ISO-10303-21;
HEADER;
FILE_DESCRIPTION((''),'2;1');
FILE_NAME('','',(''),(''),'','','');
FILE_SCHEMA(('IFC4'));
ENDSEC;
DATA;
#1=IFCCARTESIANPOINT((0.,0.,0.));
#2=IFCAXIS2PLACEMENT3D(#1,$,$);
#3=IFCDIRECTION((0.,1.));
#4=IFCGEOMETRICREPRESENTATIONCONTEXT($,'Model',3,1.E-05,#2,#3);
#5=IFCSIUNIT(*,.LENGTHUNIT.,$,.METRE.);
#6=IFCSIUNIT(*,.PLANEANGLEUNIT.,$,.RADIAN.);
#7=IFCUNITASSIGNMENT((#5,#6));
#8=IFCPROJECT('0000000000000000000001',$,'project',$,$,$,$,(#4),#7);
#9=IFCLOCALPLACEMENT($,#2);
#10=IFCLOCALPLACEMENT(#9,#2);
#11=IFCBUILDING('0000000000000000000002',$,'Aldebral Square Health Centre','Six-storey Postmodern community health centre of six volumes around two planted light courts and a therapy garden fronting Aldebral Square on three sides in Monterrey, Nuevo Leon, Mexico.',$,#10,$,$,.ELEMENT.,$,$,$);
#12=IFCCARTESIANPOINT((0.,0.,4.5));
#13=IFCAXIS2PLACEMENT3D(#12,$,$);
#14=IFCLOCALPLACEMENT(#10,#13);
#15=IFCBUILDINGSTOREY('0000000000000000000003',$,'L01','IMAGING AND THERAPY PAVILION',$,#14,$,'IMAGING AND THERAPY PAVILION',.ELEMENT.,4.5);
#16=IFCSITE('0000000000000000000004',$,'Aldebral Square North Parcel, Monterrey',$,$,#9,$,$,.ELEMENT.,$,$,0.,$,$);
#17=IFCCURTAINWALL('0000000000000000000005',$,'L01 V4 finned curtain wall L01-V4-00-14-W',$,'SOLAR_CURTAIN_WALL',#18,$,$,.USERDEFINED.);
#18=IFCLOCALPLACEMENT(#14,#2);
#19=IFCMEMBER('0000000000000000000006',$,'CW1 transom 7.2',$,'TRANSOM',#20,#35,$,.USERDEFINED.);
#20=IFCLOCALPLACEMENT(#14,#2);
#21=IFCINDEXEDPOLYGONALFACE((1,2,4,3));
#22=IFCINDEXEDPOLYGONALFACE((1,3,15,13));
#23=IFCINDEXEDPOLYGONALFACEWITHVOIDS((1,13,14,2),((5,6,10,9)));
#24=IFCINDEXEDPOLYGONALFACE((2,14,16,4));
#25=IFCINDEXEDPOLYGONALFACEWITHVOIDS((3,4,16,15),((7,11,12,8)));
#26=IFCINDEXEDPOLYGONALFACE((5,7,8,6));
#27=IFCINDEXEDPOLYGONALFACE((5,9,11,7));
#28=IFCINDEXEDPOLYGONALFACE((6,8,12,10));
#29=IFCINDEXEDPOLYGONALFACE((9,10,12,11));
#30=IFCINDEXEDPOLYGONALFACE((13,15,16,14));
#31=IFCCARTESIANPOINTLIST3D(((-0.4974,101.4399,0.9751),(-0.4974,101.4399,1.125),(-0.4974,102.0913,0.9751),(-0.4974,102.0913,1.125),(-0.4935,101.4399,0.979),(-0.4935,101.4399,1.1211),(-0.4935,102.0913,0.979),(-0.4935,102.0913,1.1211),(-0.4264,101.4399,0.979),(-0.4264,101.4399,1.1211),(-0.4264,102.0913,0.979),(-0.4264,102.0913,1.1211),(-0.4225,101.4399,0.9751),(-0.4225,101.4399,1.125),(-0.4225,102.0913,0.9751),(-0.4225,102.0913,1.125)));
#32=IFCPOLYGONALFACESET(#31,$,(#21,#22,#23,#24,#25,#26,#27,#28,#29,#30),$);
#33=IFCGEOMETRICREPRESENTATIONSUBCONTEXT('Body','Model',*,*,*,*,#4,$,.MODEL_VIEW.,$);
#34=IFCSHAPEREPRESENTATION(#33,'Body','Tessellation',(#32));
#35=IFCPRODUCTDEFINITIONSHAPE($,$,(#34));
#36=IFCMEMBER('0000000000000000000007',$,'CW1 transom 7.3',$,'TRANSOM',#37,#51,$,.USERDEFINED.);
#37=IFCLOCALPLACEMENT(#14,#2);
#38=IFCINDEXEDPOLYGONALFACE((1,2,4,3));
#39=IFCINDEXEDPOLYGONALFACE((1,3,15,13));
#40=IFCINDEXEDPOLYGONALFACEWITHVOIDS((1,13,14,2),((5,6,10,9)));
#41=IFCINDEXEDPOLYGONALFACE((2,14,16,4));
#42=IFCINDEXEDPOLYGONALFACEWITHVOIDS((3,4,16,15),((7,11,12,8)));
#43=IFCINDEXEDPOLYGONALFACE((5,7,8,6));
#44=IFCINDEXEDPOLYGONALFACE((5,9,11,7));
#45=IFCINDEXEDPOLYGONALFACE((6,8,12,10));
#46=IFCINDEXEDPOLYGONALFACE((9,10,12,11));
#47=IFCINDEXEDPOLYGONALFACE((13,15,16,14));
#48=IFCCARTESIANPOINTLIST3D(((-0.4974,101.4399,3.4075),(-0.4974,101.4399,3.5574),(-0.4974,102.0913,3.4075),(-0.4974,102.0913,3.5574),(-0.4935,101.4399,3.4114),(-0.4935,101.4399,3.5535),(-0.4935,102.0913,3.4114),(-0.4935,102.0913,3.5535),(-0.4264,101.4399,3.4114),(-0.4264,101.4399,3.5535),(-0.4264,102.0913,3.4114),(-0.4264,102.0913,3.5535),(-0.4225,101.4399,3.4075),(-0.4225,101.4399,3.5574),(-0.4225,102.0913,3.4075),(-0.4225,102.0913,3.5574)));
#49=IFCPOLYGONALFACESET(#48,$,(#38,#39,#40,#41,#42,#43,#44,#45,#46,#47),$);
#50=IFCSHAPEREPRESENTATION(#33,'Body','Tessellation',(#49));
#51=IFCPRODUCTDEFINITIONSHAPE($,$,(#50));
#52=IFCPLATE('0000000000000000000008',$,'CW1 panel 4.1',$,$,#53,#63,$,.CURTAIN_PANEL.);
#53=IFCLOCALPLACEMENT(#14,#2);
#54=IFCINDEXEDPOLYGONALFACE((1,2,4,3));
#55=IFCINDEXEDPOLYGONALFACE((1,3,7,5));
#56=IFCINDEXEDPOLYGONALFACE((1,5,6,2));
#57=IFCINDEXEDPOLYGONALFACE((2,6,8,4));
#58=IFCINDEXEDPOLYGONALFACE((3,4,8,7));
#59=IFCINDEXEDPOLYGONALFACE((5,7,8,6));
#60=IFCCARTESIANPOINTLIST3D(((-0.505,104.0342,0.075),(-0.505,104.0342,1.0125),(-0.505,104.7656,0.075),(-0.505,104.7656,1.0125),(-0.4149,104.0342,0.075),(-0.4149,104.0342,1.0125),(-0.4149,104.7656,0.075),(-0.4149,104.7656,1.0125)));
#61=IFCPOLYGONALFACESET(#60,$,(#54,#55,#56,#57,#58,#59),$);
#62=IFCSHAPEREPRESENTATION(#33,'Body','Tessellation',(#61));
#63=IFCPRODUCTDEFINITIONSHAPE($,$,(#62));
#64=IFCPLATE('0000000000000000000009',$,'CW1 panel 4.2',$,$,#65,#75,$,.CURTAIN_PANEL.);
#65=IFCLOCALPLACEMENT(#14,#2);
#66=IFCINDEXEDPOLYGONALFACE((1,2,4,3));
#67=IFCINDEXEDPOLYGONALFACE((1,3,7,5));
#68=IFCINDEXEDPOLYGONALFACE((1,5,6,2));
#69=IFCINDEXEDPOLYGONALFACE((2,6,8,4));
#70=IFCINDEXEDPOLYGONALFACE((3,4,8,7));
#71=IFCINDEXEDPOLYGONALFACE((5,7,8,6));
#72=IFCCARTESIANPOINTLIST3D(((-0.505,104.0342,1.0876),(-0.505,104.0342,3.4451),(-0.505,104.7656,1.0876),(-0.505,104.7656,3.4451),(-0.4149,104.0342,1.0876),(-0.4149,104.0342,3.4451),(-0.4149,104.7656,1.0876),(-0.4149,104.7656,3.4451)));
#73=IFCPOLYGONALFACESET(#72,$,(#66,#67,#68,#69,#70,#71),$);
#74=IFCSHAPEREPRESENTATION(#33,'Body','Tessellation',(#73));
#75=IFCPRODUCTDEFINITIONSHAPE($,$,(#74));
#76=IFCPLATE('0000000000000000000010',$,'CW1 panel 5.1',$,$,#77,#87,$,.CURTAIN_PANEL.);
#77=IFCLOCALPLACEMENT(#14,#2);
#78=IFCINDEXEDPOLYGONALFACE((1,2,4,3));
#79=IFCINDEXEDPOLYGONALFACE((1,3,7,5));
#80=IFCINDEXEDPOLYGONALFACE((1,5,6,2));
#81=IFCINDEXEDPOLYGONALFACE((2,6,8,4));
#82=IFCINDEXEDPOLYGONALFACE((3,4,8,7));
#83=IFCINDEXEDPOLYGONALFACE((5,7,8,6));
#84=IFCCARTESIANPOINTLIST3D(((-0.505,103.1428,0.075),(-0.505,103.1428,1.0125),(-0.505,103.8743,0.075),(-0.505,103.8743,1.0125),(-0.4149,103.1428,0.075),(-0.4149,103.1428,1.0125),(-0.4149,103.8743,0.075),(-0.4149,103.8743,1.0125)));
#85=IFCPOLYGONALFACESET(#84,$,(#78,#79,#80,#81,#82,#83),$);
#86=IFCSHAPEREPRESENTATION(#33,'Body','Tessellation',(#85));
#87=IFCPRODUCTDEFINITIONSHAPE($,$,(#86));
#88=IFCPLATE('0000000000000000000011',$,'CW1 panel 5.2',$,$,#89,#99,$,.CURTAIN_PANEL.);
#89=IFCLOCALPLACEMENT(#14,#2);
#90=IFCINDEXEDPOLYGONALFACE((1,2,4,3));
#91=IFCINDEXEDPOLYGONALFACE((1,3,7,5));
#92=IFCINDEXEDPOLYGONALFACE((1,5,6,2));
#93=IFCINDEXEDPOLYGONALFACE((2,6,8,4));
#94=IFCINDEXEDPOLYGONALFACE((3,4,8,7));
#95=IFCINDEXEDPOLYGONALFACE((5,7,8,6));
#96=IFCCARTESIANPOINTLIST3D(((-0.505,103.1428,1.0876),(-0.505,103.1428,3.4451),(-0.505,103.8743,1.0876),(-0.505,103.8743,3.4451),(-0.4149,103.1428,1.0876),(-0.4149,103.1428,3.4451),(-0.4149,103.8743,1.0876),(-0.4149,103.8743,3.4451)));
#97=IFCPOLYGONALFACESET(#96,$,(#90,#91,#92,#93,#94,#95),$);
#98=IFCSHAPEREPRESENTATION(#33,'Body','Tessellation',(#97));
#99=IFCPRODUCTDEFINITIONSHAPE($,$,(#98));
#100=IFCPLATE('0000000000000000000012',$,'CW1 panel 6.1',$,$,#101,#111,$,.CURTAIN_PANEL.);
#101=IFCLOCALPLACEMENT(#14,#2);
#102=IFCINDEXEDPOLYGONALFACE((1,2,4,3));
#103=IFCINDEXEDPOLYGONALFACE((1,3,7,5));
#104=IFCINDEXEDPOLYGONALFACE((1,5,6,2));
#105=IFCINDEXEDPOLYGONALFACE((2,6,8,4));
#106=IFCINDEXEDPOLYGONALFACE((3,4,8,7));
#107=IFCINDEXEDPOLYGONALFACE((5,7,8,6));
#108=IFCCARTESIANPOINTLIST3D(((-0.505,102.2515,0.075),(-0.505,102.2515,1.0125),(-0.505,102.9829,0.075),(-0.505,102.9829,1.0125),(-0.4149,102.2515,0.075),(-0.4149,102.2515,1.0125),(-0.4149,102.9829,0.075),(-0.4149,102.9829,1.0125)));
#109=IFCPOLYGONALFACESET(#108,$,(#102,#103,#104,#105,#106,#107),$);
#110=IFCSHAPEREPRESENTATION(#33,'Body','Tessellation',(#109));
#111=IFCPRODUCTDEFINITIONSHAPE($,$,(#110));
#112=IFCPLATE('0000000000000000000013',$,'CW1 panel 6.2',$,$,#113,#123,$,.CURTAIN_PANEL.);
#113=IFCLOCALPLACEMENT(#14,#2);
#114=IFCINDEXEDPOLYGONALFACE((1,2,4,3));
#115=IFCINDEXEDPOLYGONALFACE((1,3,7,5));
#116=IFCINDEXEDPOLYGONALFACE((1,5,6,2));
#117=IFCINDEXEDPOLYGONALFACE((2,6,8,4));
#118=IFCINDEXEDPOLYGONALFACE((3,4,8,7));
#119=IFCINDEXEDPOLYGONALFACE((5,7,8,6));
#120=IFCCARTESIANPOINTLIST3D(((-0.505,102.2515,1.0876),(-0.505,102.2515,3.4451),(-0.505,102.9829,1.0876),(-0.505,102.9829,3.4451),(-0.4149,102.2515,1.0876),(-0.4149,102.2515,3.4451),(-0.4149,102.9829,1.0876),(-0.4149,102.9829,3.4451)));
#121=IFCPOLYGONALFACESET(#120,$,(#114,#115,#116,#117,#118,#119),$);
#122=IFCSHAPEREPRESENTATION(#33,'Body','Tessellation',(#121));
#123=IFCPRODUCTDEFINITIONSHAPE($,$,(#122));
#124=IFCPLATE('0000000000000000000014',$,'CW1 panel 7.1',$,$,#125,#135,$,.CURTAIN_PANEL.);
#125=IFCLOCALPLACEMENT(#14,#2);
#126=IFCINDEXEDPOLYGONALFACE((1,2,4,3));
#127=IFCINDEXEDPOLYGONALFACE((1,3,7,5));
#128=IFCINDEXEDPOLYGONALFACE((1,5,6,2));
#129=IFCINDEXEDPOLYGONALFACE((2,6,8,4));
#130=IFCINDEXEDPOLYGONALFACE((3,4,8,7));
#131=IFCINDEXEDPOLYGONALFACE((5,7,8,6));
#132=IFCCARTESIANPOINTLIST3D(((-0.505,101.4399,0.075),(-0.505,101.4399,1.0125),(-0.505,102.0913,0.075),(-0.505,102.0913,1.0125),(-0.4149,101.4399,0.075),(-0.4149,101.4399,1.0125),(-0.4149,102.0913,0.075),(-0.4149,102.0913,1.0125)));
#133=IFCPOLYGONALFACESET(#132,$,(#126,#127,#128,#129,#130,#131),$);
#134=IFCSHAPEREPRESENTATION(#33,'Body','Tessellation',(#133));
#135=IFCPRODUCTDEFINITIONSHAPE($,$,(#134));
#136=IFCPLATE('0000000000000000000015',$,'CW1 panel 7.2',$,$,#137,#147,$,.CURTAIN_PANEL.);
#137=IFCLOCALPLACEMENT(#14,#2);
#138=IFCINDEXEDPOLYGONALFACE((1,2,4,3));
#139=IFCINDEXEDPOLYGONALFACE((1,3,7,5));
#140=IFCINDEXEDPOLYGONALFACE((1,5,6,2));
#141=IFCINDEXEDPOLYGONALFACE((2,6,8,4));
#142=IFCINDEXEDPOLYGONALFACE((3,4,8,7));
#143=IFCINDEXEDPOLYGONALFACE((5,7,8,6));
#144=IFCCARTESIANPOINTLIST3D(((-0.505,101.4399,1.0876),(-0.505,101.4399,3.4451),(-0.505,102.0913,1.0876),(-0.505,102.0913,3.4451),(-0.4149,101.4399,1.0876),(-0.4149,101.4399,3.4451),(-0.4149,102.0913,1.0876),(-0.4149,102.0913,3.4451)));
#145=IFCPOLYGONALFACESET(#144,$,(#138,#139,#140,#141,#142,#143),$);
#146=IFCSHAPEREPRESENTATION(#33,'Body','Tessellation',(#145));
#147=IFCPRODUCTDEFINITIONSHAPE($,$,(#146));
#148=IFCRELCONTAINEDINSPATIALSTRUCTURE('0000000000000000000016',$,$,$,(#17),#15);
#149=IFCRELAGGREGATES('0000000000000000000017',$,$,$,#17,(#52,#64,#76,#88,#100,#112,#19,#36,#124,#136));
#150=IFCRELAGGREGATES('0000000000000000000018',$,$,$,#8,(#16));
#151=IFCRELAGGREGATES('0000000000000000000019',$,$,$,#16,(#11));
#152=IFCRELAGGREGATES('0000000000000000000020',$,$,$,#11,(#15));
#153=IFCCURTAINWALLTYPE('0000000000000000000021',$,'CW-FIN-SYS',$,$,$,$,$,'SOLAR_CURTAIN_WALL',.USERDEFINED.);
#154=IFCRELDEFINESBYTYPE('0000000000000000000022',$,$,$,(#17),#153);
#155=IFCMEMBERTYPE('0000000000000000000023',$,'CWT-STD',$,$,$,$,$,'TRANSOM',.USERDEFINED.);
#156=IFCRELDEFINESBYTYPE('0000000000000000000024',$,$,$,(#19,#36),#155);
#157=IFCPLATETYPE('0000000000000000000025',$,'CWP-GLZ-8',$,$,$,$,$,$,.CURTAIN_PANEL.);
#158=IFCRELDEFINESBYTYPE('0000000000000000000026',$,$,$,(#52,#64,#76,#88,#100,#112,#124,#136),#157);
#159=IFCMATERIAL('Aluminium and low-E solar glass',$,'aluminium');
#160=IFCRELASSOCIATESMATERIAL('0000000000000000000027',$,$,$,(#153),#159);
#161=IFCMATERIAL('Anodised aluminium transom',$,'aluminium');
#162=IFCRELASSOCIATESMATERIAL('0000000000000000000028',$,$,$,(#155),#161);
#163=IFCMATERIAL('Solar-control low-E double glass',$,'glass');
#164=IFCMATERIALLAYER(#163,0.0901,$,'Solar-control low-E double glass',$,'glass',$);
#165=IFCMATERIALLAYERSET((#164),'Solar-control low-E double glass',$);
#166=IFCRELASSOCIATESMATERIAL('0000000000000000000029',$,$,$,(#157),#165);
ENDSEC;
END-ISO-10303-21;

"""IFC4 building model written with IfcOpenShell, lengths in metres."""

from ifc_helpers import new_model, si_unit, direction, frame, origin, origin_2d, place, context, subcontext, project, spatial, rectangle, hollow_rectangle, extrude, material, layer, layer_set, material_profile, profile_set, type_object, element, aggregate, save


model = new_model("IFC4")

# Units and contexts
model_context = context("Model", 3, precision=1e-05, world=origin(), true_north=direction((0.0, 1.0)))
body_context = subcontext(model_context, "Body", "Model", "MODEL_VIEW")
ifc_project = project(units=[si_unit("LENGTHUNIT", "METRE"), si_unit("PLANEANGLEUNIT", "RADIAN")], contexts=[model_context])

# Site, building, storey
site_placement = place(None, origin())
site = spatial("IfcSite", under=ifc_project, at=site_placement, Name="Aldebral Square North Parcel, Monterrey", CompositionType="ELEMENT", RefElevation=0.0)
building_placement = place(site_placement, origin())
building = spatial("IfcBuilding", under=site, at=building_placement, Name="Aldebral Square Health Centre", Description="Six-storey Postmodern community health centre of six volumes around two planted light courts and a therapy garden fronting Aldebral Square on three sides in Monterrey, Nuevo Leon, Mexico.", CompositionType="ELEMENT")
storey_placement = place(building_placement, frame((0.0, 0.0, 4.5)))
storey = spatial("IfcBuildingStorey", under=building, at=storey_placement, Name="L01", Description="IMAGING AND THERAPY PAVILION", LongName="IMAGING AND THERAPY PAVILION", CompositionType="ELEMENT", Elevation=4.5)

# Curtain wall, members, plates
ifc_material_1 = material(Name="Aluminium and low-E solar glass", Category="aluminium")
curtain_wall_type = type_object("IfcCurtainWallType", Name="CW-FIN-SYS", ElementType="SOLAR_CURTAIN_WALL", PredefinedType="USERDEFINED", material=ifc_material_1)
curtain_wall_placement = place(storey_placement, origin())
curtain_wall = element("IfcCurtainWall", 1, at=curtain_wall_placement, inside=storey, type_object=curtain_wall_type, Name="L01 V4 finned curtain wall L01-V4-00-14-W", ObjectType="SOLAR_CURTAIN_WALL", PredefinedType="USERDEFINED")
ifc_material_2 = material(Name="Anodised aluminium transom", Category="aluminium")
ifc_material_profile_1 = material_profile(ifc_material_2, hollow_rectangle(XDim=0.075, YDim=0.1499, WallThickness=0.0039, at=origin_2d()), Name="CWT 75x150x4")
ifc_profile_set_1 = profile_set([ifc_material_profile_1], Name="Anodised aluminium transom")
member_type_1 = type_object("IfcMemberType", Name="CWT-STD", ElementType="TRANSOM", PredefinedType="USERDEFINED", material=ifc_profile_set_1)
member_1_placement = place(storey_placement, frame((-0.46, 102.0913, 1.05), z_axis=(0.0, -1.0, 0.0), x_axis=(1.0, 0.0, 0.0)))
member_1 = element("IfcMember", 2, at=member_1_placement, type_object=member_type_1, Name="CW1 transom 7.2", ObjectType="TRANSOM", PredefinedType="USERDEFINED", context=body_context, shape_type="SweptSolid", body=[
    extrude(hollow_rectangle(XDim=0.075, YDim=0.1499, WallThickness=0.0039, at=origin_2d()), origin(), (0.0, 0.0, 1.0), 0.6514),
])
member_2_placement = place(storey_placement, frame((-0.46, 102.0913, 3.4824), z_axis=(0.0, -1.0, 0.0), x_axis=(1.0, 0.0, 0.0)))
member_2 = element("IfcMember", 3, at=member_2_placement, type_object=member_type_1, Name="CW1 transom 7.3", ObjectType="TRANSOM", PredefinedType="USERDEFINED", context=body_context, shape_type="SweptSolid", body=[
    extrude(hollow_rectangle(XDim=0.075, YDim=0.1499, WallThickness=0.0039, at=origin_2d()), origin(), (0.0, 0.0, 1.0), 0.6514),
])
ifc_material_3 = material(Name="Solar-control low-E double glass", Category="glass")
ifc_layer = layer(ifc_material_3, 0.0901, Name="Solar-control low-E double glass", Category="glass")
ifc_layer_set = layer_set([ifc_layer], Name="Solar-control low-E double glass")
plate_type = type_object("IfcPlateType", Name="CWP-GLZ-8", PredefinedType="CURTAIN_PANEL", material=ifc_layer_set)
plate_1_placement = place(storey_placement, frame((-0.46, 104.3999, 0.075), z_axis=(0.0, 0.0, 1.0), x_axis=(0.0, -1.0, 0.0)))
plate_1 = element("IfcPlate", 4, at=plate_1_placement, type_object=plate_type, Name="CW1 panel 4.1", PredefinedType="CURTAIN_PANEL", context=body_context, shape_type="SweptSolid", body=[
    extrude(rectangle(XDim=0.7314, YDim=0.0901, at=origin_2d()), origin(), (0.0, 0.0, 1.0), 0.9375),
])
plate_2_placement = place(storey_placement, frame((-0.46, 104.3999, 1.0876), z_axis=(0.0, 0.0, 1.0), x_axis=(0.0, -1.0, 0.0)))
plate_2 = element("IfcPlate", 5, at=plate_2_placement, type_object=plate_type, Name="CW1 panel 4.2", PredefinedType="CURTAIN_PANEL", context=body_context, shape_type="SweptSolid", body=[
    extrude(rectangle(XDim=0.7314, YDim=0.0901, at=origin_2d()), origin(), (0.0, 0.0, 1.0), 2.3574),
])
plate_3_placement = place(storey_placement, frame((-0.46, 103.5085, 0.075), z_axis=(0.0, 0.0, 1.0), x_axis=(0.0, -1.0, 0.0)))
plate_3 = element("IfcPlate", 6, at=plate_3_placement, type_object=plate_type, Name="CW1 panel 5.1", PredefinedType="CURTAIN_PANEL", context=body_context, shape_type="SweptSolid", body=[
    extrude(rectangle(XDim=0.7314, YDim=0.0901, at=origin_2d()), origin(), (0.0, 0.0, 1.0), 0.9375),
])
plate_4_placement = place(storey_placement, frame((-0.46, 103.5085, 1.0876), z_axis=(0.0, 0.0, 1.0), x_axis=(0.0, -1.0, 0.0)))
plate_4 = element("IfcPlate", 7, at=plate_4_placement, type_object=plate_type, Name="CW1 panel 5.2", PredefinedType="CURTAIN_PANEL", context=body_context, shape_type="SweptSolid", body=[
    extrude(rectangle(XDim=0.7314, YDim=0.0901, at=origin_2d()), origin(), (0.0, 0.0, 1.0), 2.3574),
])
plate_5_placement = place(storey_placement, frame((-0.46, 102.6172, 0.075), z_axis=(0.0, 0.0, 1.0), x_axis=(0.0, -1.0, 0.0)))
plate_5 = element("IfcPlate", 8, at=plate_5_placement, type_object=plate_type, Name="CW1 panel 6.1", PredefinedType="CURTAIN_PANEL", context=body_context, shape_type="SweptSolid", body=[
    extrude(rectangle(XDim=0.7314, YDim=0.0901, at=origin_2d()), origin(), (0.0, 0.0, 1.0), 0.9375),
])
plate_6_placement = place(storey_placement, frame((-0.46, 102.6172, 1.0876), z_axis=(0.0, 0.0, 1.0), x_axis=(0.0, -1.0, 0.0)))
plate_6 = element("IfcPlate", 9, at=plate_6_placement, type_object=plate_type, Name="CW1 panel 6.2", PredefinedType="CURTAIN_PANEL", context=body_context, shape_type="SweptSolid", body=[
    extrude(rectangle(XDim=0.7314, YDim=0.0901, at=origin_2d()), origin(), (0.0, 0.0, 1.0), 2.3574),
])
plate_7_placement = place(storey_placement, frame((-0.46, 101.7656, 0.075), z_axis=(0.0, 0.0, 1.0), x_axis=(0.0, -1.0, 0.0)))
plate_7 = element("IfcPlate", 10, at=plate_7_placement, type_object=plate_type, Name="CW1 panel 7.1", PredefinedType="CURTAIN_PANEL", context=body_context, shape_type="SweptSolid", body=[
    extrude(rectangle(XDim=0.6514, YDim=0.0901, at=origin_2d()), origin(), (0.0, 0.0, 1.0), 0.9375),
])
plate_8_placement = place(storey_placement, frame((-0.46, 101.7656, 1.0876), z_axis=(0.0, 0.0, 1.0), x_axis=(0.0, -1.0, 0.0)))
plate_8 = element("IfcPlate", 11, at=plate_8_placement, type_object=plate_type, Name="CW1 panel 7.2", PredefinedType="CURTAIN_PANEL", context=body_context, shape_type="SweptSolid", body=[
    extrude(rectangle(XDim=0.6514, YDim=0.0901, at=origin_2d()), origin(), (0.0, 0.0, 1.0), 2.3574),
])
aggregate(curtain_wall, [plate_1, plate_2, plate_3, plate_4, plate_5, plate_6, member_1, member_2, plate_7, plate_8])

save(model, "model.ifc")
